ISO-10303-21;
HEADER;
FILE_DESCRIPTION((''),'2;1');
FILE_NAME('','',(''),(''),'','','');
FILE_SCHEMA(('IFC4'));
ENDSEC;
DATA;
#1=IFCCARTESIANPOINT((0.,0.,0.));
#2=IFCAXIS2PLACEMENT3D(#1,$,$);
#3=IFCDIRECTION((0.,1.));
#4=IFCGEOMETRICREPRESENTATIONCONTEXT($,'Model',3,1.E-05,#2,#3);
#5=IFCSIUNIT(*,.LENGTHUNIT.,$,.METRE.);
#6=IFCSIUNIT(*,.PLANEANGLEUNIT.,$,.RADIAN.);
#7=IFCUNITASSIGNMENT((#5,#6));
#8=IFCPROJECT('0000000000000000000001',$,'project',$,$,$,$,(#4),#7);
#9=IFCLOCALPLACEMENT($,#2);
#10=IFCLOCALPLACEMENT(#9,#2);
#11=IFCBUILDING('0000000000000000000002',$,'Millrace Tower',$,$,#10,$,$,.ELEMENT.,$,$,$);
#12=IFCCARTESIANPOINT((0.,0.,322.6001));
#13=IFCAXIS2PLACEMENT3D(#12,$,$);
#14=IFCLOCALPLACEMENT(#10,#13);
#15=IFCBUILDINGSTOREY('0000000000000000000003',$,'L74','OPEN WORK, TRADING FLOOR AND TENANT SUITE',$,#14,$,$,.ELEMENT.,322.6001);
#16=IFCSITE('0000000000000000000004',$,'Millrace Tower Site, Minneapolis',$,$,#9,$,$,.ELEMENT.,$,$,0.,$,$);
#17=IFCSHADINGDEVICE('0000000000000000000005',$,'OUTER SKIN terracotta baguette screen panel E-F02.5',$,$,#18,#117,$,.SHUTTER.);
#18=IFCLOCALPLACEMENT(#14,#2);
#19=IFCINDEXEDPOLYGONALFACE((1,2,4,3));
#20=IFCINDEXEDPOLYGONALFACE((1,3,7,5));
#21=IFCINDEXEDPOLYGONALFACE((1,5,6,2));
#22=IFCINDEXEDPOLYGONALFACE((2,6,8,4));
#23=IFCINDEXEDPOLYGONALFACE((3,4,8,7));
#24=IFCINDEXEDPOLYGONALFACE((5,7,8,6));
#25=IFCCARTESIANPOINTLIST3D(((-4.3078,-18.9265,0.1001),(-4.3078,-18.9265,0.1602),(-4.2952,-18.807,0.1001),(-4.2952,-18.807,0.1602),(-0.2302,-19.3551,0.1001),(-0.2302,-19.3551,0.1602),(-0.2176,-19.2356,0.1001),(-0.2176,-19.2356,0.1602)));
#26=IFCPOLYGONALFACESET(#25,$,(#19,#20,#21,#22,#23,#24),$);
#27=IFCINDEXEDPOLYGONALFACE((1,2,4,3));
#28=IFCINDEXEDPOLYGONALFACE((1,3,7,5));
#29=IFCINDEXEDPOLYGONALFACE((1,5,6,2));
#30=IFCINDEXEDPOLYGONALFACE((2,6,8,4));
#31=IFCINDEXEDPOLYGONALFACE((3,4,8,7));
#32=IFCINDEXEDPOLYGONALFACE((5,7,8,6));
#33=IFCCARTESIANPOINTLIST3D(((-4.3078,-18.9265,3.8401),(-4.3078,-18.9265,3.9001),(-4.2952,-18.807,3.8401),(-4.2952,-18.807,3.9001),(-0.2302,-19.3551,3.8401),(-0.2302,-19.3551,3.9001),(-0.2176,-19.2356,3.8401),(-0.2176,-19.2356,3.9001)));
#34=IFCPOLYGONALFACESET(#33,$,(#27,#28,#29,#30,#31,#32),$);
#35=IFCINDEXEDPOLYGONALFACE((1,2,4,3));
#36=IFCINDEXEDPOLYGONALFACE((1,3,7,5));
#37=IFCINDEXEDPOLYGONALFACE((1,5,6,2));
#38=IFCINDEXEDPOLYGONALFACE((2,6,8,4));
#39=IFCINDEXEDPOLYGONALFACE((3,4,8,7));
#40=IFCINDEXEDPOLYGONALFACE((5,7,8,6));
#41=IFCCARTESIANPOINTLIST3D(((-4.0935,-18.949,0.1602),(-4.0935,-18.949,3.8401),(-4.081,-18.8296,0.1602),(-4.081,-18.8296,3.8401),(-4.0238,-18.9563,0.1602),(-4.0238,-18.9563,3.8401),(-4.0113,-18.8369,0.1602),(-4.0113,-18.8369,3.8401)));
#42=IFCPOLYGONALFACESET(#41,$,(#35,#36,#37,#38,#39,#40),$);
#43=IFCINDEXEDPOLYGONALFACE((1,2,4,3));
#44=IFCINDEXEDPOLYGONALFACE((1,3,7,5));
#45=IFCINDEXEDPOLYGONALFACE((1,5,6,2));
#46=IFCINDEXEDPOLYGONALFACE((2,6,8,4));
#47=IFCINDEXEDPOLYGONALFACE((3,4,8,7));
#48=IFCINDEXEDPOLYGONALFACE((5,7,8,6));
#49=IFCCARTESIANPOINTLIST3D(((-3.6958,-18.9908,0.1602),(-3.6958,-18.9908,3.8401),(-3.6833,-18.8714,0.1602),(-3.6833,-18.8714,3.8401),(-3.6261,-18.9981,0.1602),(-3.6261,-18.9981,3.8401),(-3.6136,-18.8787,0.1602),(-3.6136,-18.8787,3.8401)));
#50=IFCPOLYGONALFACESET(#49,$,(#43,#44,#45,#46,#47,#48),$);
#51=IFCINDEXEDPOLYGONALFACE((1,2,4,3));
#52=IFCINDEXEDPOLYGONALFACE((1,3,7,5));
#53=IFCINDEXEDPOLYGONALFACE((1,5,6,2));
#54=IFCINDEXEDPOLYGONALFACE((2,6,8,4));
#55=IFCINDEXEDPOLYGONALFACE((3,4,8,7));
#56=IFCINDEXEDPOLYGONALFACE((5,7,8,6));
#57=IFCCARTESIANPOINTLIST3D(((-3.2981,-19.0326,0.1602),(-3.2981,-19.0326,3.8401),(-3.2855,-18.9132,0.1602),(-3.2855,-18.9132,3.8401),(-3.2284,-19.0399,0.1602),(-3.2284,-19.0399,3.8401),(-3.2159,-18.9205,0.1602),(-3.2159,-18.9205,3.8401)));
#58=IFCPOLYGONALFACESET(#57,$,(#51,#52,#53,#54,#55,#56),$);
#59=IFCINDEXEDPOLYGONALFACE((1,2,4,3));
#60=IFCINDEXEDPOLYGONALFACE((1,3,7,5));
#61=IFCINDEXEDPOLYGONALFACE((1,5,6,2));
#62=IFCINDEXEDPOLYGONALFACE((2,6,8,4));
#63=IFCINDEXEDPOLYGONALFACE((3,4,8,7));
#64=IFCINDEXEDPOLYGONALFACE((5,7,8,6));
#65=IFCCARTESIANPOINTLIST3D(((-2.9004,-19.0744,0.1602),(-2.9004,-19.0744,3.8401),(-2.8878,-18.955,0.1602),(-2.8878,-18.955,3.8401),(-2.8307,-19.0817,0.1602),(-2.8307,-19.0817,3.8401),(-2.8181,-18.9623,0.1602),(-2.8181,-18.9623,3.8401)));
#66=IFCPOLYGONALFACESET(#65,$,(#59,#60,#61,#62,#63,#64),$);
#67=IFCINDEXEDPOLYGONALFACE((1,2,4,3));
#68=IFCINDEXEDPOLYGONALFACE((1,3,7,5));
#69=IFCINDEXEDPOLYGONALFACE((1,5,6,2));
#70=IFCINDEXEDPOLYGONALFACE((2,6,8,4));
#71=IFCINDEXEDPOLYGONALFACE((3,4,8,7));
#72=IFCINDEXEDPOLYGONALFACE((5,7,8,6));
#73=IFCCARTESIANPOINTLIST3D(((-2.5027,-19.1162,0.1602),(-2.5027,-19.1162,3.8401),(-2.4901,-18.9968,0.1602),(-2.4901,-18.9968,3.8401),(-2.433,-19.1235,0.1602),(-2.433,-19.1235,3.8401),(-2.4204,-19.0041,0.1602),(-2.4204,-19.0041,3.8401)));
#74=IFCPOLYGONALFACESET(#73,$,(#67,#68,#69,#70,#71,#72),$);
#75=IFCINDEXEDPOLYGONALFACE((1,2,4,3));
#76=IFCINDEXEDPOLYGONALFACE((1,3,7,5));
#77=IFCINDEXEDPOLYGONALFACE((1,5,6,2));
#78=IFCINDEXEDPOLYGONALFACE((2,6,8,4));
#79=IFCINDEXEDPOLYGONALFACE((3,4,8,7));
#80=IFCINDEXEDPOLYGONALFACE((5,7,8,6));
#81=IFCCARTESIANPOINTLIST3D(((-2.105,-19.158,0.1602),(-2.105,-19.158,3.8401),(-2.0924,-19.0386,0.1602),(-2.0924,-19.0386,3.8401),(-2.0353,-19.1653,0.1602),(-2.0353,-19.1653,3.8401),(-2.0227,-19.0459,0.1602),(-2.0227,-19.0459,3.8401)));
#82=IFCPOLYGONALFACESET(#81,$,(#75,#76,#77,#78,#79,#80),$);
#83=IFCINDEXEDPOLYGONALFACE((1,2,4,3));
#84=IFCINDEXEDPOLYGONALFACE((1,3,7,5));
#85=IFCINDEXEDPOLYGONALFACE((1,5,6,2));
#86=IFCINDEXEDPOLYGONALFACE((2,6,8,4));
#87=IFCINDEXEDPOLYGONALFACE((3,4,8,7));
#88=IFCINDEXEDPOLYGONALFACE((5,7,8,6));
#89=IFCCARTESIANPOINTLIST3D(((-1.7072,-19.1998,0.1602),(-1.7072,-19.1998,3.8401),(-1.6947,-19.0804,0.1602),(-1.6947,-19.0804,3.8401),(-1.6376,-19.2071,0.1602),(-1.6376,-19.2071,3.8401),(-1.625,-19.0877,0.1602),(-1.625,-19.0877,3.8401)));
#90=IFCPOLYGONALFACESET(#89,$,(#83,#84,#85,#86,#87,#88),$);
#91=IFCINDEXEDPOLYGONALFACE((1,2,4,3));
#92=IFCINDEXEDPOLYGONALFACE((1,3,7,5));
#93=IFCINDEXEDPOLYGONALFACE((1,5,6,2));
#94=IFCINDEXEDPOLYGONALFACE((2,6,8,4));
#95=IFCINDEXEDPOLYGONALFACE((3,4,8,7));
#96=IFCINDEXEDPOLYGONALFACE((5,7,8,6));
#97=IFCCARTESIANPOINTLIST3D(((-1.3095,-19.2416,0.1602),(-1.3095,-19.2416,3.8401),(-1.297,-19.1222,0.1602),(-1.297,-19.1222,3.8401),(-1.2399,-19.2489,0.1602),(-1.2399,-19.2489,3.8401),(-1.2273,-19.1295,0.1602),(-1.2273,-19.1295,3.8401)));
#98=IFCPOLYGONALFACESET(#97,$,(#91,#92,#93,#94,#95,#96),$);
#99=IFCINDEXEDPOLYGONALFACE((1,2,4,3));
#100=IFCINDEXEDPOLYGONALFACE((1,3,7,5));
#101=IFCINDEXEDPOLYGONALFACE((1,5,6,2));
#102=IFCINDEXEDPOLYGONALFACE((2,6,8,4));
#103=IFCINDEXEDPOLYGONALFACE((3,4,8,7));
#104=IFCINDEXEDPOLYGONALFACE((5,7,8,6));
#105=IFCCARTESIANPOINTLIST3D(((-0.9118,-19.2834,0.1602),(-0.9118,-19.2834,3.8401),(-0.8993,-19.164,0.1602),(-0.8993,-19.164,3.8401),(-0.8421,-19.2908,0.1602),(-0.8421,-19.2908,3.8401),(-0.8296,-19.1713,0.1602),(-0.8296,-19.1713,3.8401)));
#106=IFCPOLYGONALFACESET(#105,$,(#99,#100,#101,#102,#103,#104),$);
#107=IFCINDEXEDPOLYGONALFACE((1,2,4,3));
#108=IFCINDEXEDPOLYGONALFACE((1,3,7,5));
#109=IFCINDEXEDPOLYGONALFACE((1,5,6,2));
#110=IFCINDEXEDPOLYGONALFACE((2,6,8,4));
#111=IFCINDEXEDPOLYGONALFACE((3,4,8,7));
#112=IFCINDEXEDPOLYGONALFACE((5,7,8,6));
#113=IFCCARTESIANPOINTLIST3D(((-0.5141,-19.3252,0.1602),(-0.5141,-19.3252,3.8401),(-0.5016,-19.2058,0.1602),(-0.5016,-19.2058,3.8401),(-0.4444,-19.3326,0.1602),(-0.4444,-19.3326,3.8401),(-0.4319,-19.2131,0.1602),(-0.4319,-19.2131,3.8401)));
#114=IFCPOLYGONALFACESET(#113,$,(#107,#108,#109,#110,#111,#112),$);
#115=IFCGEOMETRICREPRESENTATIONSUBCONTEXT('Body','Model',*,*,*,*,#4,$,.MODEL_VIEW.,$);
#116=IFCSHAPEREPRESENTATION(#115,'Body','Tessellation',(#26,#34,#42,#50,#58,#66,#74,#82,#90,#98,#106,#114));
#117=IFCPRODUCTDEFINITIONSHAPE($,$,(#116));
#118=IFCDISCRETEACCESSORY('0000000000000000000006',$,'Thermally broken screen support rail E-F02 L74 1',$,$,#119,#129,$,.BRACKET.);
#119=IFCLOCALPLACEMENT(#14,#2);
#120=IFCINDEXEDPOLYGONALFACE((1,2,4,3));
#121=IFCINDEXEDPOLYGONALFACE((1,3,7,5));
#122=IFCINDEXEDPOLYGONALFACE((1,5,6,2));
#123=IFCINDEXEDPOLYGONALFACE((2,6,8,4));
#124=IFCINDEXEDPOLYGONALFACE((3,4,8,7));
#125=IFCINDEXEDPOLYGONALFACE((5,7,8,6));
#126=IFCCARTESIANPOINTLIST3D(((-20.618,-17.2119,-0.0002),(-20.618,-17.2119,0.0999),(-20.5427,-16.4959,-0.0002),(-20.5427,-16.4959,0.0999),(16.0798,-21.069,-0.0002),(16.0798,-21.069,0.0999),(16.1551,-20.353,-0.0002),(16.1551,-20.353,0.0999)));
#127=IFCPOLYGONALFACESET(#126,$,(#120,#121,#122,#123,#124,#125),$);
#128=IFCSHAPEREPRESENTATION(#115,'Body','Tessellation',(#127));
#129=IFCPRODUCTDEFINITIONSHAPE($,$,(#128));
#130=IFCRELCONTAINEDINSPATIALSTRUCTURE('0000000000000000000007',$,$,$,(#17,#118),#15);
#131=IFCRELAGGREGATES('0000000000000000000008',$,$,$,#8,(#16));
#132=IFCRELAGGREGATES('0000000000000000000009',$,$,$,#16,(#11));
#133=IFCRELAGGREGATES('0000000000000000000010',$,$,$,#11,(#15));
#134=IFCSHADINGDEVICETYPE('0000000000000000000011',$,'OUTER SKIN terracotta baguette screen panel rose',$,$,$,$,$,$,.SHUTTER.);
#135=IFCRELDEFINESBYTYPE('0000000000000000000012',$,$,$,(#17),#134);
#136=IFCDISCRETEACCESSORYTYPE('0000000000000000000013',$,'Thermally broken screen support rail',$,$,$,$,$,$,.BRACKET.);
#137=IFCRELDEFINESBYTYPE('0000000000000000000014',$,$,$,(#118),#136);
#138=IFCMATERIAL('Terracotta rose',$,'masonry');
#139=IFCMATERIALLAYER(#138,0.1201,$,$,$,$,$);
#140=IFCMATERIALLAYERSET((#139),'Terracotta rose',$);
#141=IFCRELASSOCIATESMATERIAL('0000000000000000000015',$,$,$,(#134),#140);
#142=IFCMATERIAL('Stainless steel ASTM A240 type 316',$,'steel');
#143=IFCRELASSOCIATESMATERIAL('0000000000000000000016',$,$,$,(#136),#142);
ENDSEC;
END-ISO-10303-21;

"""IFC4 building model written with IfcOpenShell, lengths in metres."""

from ifc_helpers import new_model, entity, si_unit, direction, frame, frame_2d, origin, origin_2d, place, context, subcontext, project, spatial, rectangle, extrude, source, transform, mapped, material, layer, layer_set, type_object, element, save


model = new_model("IFC4")

# Units and contexts
model_context = context("Model", 3, precision=1e-05, world=origin(), true_north=direction((0.0, 1.0)))
body_context = subcontext(model_context, "Body", "Model", "MODEL_VIEW")
ifc_project = project(units=[si_unit("LENGTHUNIT", "METRE"), si_unit("PLANEANGLEUNIT", "RADIAN")], contexts=[model_context])

# Site, building, storey
site_placement = place(None, origin())
site = spatial("IfcSite", under=ifc_project, at=site_placement, Name="Millrace Tower Site, Minneapolis", CompositionType="ELEMENT", RefElevation=0.0)
building_placement = place(site_placement, origin())
building = spatial("IfcBuilding", under=site, at=building_placement, Name="Millrace Tower", CompositionType="ELEMENT")
storey_placement = place(building_placement, frame((0.0, 0.0, 322.6001)))
storey = spatial("IfcBuildingStorey", under=building, at=storey_placement, Name="L74", Description="OPEN WORK, TRADING FLOOR AND TENANT SUITE", CompositionType="ELEMENT", Elevation=322.6001)

# Shading device
ifc_material_1 = material(Name="Terracotta rose", Category="masonry")
ifc_layer_1 = layer(ifc_material_1, 0.1201)
ifc_layer_set_1 = layer_set([ifc_layer_1], Name="Terracotta rose")
shading_device_type = type_object("IfcShadingDeviceType", Name="OUTER SKIN terracotta baguette screen panel rose", PredefinedType="SHUTTER", material=ifc_layer_set_1)
cartesian_point = entity("IfcCartesianPoint", [-2.05, 0.0601])
shared_polyline = entity("IfcPolyline", [cartesian_point, entity("IfcCartesianPoint", [2.05, 0.0601]), entity("IfcCartesianPoint", [2.05, -0.0601]), entity("IfcCartesianPoint", [-2.05, -0.0601]), cartesian_point])
shared_shape = source(origin(), body_context, "Body", "SweptSolid", [
    entity("IfcExtrudedAreaSolid", entity("IfcArbitraryClosedProfileDef", "AREA", None, shared_polyline), entity("IfcAxis2Placement3D", entity("IfcCartesianPoint", [0.0, 0.0, 0.0])), entity("IfcDirection", [0.0, 0.0, 1.0]), 0.0601),
    entity("IfcExtrudedAreaSolid", entity("IfcArbitraryClosedProfileDef", "AREA", None, shared_polyline), entity("IfcAxis2Placement3D", entity("IfcCartesianPoint", [0.0, 0.0, 3.74])), entity("IfcDirection", [0.0, 0.0, 1.0]), 0.0601),
    extrude(rectangle(XDim=0.0701, YDim=0.1201, at=frame_2d((-1.7996, 0.0))), frame((0.0, 0.0, 0.0601)), (0.0, 0.0, 1.0), 3.6799),
    extrude(rectangle(XDim=0.0701, YDim=0.1201, at=frame_2d((-1.3997, 0.0))), frame((0.0, 0.0, 0.0601)), (0.0, 0.0, 1.0), 3.6799),
    extrude(rectangle(XDim=0.0701, YDim=0.1201, at=frame_2d((-0.9998, 0.0))), frame((0.0, 0.0, 0.0601)), (0.0, 0.0, 1.0), 3.6799),
    extrude(rectangle(XDim=0.0701, YDim=0.1201, at=frame_2d((-0.5999, 0.0))), frame((0.0, 0.0, 0.0601)), (0.0, 0.0, 1.0), 3.6799),
    extrude(rectangle(XDim=0.0701, YDim=0.1201, at=frame_2d((-0.2, 0.0))), frame((0.0, 0.0, 0.0601)), (0.0, 0.0, 1.0), 3.6799),
    extrude(rectangle(XDim=0.0701, YDim=0.1201, at=frame_2d((0.2, 0.0))), frame((0.0, 0.0, 0.0601)), (0.0, 0.0, 1.0), 3.6799),
    extrude(rectangle(XDim=0.0701, YDim=0.1201, at=frame_2d((0.5999, 0.0))), frame((0.0, 0.0, 0.0601)), (0.0, 0.0, 1.0), 3.6799),
    extrude(rectangle(XDim=0.0701, YDim=0.1201, at=frame_2d((0.9998, 0.0))), frame((0.0, 0.0, 0.0601)), (0.0, 0.0, 1.0), 3.6799),
    extrude(rectangle(XDim=0.0701, YDim=0.1201, at=frame_2d((1.3997, 0.0))), frame((0.0, 0.0, 0.0601)), (0.0, 0.0, 1.0), 3.6799),
    extrude(rectangle(XDim=0.0701, YDim=0.1201, at=frame_2d((1.7996, 0.0))), frame((0.0, 0.0, 0.0601)), (0.0, 0.0, 1.0), 3.6799),
])
for number, where, z_axis, x_axis, name in (
    (1, (-2.2627, -19.0811, 0.1001), (0.0, 0.0, 1.0), (0.994522, -0.104528, 0.0), "OUTER SKIN terracotta baguette screen panel E-F02.5"),
):
    element("IfcShadingDevice", number, at=place(storey_placement, frame(where, z_axis=z_axis, x_axis=x_axis)), inside=storey, type_object=shading_device_type, Name=name, PredefinedType="SHUTTER", context=body_context, shape_type="MappedRepresentation", body=[
        mapped(shared_shape, transform((0.0, 0.0, 0.0), scale=1.0)),
    ])

# Discrete accessory
ifc_material_2 = material(Name="Stainless steel ASTM A240 type 316", Category="steel")
discrete_accessory_type = type_object("IfcDiscreteAccessoryType", Name="Thermally broken screen support rail", PredefinedType="BRACKET", material=ifc_material_2)
discrete_accessory_placement = place(storey_placement, frame((-2.2314, -18.7825, -0.0002), z_axis=(0.0, 0.0, 1.0), x_axis=(0.994522, -0.104528, 0.0)))
element("IfcDiscreteAccessory", 2, at=discrete_accessory_placement, inside=storey, type_object=discrete_accessory_type, Name="Thermally broken screen support rail E-F02 L74 1", PredefinedType="BRACKET", context=body_context, shape_type="SweptSolid", body=[
    extrude(rectangle(XDim=36.8999, YDim=0.72, at=origin_2d()), origin(), (0.0, 0.0, 1.0), 0.1001),
])

save(model, "model.ifc")
